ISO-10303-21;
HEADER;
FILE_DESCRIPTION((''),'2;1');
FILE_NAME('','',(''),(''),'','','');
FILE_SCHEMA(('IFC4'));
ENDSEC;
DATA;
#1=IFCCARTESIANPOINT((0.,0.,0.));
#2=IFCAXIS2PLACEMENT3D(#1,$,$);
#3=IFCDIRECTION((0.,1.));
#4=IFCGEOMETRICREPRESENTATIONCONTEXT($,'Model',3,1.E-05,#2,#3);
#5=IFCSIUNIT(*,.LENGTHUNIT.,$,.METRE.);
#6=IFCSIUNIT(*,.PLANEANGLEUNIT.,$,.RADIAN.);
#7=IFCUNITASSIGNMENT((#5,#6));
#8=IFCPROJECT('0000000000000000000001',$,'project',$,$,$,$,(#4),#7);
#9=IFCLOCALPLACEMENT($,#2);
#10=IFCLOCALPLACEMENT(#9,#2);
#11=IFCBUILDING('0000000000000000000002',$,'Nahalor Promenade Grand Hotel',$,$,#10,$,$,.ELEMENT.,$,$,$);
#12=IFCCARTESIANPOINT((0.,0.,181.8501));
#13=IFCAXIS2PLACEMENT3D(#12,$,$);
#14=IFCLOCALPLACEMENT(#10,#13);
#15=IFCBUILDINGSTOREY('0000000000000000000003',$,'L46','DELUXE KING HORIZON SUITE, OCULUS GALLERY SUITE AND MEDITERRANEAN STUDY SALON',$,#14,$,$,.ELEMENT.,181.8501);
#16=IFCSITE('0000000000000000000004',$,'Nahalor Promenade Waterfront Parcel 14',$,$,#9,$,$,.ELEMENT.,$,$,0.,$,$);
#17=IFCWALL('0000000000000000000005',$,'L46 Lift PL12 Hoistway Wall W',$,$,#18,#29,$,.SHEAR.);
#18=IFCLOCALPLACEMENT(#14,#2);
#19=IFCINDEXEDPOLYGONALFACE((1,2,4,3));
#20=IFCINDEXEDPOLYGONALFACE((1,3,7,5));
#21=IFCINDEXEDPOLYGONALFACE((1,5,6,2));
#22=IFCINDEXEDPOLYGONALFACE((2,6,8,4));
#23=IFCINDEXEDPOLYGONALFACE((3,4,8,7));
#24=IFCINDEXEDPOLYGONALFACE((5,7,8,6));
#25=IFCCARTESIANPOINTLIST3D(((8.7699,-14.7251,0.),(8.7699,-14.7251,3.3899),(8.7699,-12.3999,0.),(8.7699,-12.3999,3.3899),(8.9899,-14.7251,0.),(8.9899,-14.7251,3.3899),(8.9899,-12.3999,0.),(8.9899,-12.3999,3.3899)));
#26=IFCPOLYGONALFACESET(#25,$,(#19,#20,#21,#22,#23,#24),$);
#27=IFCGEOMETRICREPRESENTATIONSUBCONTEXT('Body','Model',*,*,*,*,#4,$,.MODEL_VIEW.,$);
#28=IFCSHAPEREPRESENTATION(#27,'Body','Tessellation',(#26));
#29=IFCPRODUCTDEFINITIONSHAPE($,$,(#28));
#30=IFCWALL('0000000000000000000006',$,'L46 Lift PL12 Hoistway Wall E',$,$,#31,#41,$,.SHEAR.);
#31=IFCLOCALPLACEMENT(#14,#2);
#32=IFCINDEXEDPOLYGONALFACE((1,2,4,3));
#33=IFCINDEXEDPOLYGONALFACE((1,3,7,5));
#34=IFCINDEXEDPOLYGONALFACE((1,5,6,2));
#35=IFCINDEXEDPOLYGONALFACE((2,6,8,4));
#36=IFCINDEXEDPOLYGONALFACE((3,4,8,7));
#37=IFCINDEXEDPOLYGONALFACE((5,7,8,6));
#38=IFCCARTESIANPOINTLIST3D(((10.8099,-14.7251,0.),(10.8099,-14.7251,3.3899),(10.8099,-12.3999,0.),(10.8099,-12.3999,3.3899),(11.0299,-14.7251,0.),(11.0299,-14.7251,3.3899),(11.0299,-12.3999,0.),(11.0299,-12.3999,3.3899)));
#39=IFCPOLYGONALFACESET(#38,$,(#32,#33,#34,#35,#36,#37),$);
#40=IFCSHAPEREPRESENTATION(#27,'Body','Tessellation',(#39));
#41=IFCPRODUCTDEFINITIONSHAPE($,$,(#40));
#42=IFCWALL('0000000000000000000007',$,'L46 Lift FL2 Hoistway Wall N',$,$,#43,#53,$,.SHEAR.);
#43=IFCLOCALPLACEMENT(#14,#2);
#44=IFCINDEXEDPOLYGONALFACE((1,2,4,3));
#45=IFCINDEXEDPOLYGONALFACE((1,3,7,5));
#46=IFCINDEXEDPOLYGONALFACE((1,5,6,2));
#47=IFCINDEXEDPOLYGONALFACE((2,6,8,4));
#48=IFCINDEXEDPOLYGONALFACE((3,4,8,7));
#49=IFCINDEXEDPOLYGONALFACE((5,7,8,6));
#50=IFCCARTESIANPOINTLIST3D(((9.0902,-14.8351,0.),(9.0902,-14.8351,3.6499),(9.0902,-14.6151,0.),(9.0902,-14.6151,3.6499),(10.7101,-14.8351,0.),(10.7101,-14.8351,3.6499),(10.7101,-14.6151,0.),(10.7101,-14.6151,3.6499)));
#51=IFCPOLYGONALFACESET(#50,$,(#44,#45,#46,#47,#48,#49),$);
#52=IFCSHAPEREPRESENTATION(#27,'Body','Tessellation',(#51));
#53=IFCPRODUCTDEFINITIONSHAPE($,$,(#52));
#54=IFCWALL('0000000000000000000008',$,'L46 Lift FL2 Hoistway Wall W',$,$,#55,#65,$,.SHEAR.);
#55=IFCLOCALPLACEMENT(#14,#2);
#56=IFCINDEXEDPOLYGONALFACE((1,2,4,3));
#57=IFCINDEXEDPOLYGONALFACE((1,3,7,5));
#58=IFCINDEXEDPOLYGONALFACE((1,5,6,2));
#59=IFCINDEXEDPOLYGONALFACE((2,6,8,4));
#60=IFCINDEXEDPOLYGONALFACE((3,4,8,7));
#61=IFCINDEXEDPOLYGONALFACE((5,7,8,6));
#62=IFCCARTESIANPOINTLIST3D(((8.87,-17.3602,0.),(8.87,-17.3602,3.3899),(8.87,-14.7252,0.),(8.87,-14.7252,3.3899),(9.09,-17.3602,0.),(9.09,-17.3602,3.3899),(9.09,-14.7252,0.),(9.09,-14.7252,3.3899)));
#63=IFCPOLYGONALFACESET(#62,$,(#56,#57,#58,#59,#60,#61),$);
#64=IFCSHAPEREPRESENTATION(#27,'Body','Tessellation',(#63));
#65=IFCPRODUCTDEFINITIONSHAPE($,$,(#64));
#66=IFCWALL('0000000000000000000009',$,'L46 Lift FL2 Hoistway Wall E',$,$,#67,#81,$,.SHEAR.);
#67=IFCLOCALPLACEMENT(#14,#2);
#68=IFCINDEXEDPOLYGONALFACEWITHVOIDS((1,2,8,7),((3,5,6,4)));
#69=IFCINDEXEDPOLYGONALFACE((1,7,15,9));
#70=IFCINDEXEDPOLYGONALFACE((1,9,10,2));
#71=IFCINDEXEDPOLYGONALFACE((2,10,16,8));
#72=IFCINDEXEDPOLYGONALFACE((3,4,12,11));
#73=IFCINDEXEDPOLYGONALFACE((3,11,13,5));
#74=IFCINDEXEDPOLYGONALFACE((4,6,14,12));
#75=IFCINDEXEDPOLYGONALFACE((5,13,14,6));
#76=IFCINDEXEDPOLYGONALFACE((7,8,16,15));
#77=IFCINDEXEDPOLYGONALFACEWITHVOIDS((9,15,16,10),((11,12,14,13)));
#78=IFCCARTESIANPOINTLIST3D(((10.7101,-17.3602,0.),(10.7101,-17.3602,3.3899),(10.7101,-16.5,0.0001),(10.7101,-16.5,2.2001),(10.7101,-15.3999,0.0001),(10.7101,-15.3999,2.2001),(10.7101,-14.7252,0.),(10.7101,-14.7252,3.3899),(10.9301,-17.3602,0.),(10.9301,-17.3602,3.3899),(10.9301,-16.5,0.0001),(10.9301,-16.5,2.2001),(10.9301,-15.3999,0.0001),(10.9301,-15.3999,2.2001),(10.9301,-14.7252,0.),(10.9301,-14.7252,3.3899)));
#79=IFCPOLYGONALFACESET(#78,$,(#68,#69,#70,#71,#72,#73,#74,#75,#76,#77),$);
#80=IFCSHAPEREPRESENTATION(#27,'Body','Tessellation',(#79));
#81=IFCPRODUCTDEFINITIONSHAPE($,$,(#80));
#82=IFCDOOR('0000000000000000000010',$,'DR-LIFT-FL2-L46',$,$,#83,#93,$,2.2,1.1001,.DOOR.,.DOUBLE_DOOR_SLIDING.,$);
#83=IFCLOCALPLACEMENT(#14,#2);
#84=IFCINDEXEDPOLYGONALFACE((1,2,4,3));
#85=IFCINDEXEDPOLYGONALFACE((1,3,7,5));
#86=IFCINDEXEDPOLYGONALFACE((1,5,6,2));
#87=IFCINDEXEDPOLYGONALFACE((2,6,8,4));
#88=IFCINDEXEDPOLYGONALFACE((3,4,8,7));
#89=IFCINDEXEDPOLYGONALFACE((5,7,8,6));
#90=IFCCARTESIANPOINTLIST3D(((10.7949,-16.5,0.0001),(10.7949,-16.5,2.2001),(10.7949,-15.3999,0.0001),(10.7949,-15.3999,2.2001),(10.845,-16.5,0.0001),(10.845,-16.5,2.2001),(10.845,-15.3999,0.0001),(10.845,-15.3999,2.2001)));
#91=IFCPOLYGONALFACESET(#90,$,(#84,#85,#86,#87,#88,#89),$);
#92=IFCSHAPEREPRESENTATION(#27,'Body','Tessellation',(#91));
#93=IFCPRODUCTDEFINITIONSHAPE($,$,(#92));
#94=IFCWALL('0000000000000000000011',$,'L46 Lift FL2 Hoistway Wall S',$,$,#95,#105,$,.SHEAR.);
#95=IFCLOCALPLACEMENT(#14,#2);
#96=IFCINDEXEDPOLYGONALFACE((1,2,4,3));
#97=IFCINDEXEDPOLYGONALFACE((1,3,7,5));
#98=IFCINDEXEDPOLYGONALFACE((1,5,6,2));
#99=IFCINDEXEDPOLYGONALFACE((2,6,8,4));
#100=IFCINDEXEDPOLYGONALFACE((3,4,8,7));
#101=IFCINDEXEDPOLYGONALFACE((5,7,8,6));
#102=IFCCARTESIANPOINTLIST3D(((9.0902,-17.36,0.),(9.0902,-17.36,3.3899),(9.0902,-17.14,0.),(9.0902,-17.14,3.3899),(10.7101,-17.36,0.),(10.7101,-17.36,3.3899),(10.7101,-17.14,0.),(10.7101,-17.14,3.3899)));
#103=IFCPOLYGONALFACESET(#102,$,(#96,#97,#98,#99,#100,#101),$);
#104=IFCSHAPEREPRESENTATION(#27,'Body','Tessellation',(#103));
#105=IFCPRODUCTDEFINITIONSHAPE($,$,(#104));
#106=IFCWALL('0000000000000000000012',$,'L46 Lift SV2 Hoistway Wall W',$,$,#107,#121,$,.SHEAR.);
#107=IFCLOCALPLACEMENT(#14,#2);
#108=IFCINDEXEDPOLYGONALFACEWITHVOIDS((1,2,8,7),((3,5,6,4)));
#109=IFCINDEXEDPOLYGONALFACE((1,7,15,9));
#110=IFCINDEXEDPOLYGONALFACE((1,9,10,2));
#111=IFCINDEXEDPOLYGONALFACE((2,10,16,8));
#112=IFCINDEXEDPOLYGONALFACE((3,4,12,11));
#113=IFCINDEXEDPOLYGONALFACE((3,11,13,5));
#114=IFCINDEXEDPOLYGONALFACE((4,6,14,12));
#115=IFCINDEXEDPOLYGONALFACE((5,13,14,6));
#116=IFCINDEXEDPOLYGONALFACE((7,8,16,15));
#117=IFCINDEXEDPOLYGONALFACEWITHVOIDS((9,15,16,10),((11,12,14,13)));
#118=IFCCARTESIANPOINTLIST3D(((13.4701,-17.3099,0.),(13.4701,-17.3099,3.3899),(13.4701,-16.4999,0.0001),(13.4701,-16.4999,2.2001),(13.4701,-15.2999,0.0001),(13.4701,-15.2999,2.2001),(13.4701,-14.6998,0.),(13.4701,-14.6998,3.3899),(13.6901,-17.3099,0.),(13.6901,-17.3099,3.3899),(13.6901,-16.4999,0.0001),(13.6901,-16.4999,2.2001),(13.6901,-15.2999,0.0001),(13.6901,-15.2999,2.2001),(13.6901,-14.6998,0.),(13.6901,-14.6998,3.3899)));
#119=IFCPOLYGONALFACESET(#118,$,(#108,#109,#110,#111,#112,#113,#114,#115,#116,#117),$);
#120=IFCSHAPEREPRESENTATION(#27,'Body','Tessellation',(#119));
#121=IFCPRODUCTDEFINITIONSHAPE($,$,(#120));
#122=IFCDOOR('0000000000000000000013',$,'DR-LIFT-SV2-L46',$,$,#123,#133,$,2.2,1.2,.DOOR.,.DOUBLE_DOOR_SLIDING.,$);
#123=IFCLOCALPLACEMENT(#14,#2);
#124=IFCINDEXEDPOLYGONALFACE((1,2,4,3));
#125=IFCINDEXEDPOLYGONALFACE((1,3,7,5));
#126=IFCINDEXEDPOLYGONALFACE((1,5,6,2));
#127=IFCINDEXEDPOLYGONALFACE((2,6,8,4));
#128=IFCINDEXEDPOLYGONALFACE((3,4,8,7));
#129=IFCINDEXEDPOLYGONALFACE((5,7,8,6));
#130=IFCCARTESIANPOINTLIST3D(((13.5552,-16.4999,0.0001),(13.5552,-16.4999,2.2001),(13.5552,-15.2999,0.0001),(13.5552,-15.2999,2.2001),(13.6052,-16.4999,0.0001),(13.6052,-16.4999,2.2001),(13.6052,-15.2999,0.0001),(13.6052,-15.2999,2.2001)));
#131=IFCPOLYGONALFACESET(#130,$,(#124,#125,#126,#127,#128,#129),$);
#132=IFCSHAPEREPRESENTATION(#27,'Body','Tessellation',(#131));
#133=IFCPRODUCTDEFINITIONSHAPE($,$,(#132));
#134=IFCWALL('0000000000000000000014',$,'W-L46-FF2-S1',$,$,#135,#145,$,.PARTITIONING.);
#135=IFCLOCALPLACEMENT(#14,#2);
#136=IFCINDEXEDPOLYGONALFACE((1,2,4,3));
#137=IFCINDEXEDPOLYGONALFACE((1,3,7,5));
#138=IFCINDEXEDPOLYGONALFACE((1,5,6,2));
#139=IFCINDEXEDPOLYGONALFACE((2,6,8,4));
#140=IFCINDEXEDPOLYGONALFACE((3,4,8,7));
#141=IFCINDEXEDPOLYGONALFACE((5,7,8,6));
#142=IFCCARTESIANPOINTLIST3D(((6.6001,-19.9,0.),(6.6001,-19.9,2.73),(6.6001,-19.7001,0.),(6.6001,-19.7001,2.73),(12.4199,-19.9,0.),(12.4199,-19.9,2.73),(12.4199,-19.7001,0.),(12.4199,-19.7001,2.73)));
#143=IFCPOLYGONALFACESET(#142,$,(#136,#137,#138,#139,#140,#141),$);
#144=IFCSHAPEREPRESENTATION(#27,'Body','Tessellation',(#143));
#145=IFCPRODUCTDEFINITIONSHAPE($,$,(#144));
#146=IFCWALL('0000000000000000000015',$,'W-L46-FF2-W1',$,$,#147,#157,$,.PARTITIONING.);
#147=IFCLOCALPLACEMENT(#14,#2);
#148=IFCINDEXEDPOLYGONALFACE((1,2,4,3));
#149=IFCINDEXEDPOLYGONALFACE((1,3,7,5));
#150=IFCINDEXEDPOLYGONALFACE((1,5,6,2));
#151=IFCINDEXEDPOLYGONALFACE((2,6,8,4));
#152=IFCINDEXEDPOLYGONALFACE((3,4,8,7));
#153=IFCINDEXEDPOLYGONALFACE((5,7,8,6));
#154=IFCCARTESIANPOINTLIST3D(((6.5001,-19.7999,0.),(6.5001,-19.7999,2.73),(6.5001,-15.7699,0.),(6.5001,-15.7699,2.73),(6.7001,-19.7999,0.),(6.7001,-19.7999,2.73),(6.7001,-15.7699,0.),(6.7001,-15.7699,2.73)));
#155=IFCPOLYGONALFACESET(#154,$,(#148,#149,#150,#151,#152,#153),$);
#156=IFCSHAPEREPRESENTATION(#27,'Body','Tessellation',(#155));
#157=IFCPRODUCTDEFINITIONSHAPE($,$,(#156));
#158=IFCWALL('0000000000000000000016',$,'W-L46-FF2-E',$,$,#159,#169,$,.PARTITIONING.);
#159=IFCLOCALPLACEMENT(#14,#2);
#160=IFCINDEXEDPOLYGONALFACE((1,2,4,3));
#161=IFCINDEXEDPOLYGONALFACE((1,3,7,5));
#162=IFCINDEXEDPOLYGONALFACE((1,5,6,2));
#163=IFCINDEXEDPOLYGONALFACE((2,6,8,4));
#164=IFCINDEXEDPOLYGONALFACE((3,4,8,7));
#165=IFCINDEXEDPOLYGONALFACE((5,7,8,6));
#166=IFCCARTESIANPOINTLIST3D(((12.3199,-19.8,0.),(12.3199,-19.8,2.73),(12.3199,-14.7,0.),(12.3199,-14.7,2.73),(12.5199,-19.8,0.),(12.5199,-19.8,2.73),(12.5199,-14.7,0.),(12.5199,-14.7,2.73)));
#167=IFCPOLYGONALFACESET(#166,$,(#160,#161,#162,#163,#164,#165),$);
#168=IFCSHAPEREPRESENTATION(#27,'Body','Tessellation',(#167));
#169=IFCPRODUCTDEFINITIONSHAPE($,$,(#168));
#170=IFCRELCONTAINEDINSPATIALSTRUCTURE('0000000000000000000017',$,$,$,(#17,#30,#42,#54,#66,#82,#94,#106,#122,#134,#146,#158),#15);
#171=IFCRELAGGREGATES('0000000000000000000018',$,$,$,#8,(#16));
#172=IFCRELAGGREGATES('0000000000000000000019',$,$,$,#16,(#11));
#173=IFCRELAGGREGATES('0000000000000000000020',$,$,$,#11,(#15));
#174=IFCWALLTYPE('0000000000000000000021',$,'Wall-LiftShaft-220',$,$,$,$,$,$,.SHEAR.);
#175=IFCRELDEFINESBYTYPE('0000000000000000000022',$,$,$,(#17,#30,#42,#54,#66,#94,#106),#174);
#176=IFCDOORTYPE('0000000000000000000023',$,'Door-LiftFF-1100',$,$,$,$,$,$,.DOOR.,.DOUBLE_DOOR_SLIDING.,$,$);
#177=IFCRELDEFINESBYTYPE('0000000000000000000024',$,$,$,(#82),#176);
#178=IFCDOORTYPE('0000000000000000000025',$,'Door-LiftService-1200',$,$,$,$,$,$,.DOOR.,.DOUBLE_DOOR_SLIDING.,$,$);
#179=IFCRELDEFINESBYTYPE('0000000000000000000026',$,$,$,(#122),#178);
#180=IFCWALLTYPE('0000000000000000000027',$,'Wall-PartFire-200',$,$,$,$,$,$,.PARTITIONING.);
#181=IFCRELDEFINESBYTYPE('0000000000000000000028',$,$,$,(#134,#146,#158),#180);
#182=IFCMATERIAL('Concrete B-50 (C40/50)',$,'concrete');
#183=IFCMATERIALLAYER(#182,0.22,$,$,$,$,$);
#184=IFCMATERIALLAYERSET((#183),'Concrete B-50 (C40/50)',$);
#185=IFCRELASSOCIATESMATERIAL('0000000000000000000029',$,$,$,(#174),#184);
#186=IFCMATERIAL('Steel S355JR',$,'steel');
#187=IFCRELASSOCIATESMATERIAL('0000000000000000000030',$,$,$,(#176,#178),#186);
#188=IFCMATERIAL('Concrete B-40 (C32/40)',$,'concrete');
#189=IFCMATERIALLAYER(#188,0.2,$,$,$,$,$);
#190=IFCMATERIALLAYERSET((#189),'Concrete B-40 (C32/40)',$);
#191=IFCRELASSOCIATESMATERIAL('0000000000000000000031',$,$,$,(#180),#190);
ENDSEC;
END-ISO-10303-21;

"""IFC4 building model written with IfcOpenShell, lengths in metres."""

from ifc_helpers import new_model, si_unit, direction, frame, frame_2d, origin, place, context, subcontext, project, spatial, rectangle, extrude, source, transform, mapped, material, layer, layer_set, type_object, element, fill, save


model = new_model("IFC4")

# Units and contexts
model_context = context("Model", 3, precision=1e-05, world=origin(), true_north=direction((0.0, 1.0)))
body_context = subcontext(model_context, "Body", "Model", "MODEL_VIEW")
ifc_project = project(units=[si_unit("LENGTHUNIT", "METRE"), si_unit("PLANEANGLEUNIT", "RADIAN")], contexts=[model_context])

# Site, building, storey
site_placement = place(None, origin())
site = spatial("IfcSite", under=ifc_project, at=site_placement, Name="Nahalor Promenade Waterfront Parcel 14", CompositionType="ELEMENT", RefElevation=0.0)
building_placement = place(site_placement, origin())
building = spatial("IfcBuilding", under=site, at=building_placement, Name="Nahalor Promenade Grand Hotel", CompositionType="ELEMENT")
storey_placement = place(building_placement, frame((0.0, 0.0, 181.8501)))
storey = spatial("IfcBuildingStorey", under=building, at=storey_placement, Name="L46", Description="DELUXE KING HORIZON SUITE, OCULUS GALLERY SUITE AND MEDITERRANEAN STUDY SALON", CompositionType="ELEMENT", Elevation=181.8501)

# Shared definitions
ifc_material_1 = material(Name="Steel S355JR", Category="steel")

# Shared definitions
ifc_material_2 = material(Name="Concrete B-50 (C40/50)", Category="concrete")

# Shared definitions
ifc_layer_1 = layer(ifc_material_2, 0.22)
ifc_layer_set_1 = layer_set([ifc_layer_1], Name="Concrete B-50 (C40/50)")
wall_type_1 = type_object("IfcWallType", Name="Wall-LiftShaft-220", PredefinedType="SHEAR", material=ifc_layer_set_1)

# Walls
shared_shape_1 = source(origin(), body_context, "Body", "SweptSolid", [
    extrude(rectangle(XDim=2.3252, YDim=0.22, at=frame_2d((1.1626, 0.0))), origin(), (0.0, 0.0, 1.0), 3.3899),
])
for number, where, z_axis, x_axis, name in (
    (1, (8.8799, -14.7251, 0.0), (0.0, 0.0, 1.0), (0.0, 1.0, 0.0), "L46 Lift PL12 Hoistway Wall W"),
    (2, (10.9199, -14.7251, 0.0), (0.0, 0.0, 1.0), (0.0, 1.0, 0.0), "L46 Lift PL12 Hoistway Wall E"),
):
    element("IfcWall", number, at=place(storey_placement, frame(where, z_axis=z_axis, x_axis=x_axis)), inside=storey, type_object=wall_type_1, Name=name, PredefinedType="SHEAR", context=body_context, shape_type="MappedRepresentation", body=[
        mapped(shared_shape_1, transform((0.0, 0.0, 0.0), scale=1.0)),
    ])
shared_shape_2 = source(origin(), body_context, "Body", "SweptSolid", [
    extrude(rectangle(XDim=1.6199, YDim=0.22, at=frame_2d((0.8101, 0.0))), origin(), (0.0, 0.0, 1.0), 3.6499),
])
wall_1_placement = place(storey_placement, frame((9.0901, -14.7251, 0.0), z_axis=(0.0, 0.0, 1.0), x_axis=(1.0, 0.0, 0.0)))
element("IfcWall", 3, at=wall_1_placement, inside=storey, type_object=wall_type_1, Name="L46 Lift FL2 Hoistway Wall N", PredefinedType="SHEAR", context=body_context, shape_type="MappedRepresentation", body=[
    mapped(shared_shape_2, transform((0.0, 0.0, 0.0), scale=1.0)),
])
shared_shape_3 = source(origin(), body_context, "Body", "SweptSolid", [
    extrude(rectangle(XDim=2.635, YDim=0.22, at=frame_2d((1.3174, 0.0))), origin(), (0.0, 0.0, 1.0), 3.3899),
])
wall_2_placement = place(storey_placement, frame((8.98, -17.3601, 0.0), z_axis=(0.0, 0.0, 1.0), x_axis=(0.0, 1.0, 0.0)))
element("IfcWall", 4, at=wall_2_placement, inside=storey, type_object=wall_type_1, Name="L46 Lift FL2 Hoistway Wall W", PredefinedType="SHEAR", context=body_context, shape_type="MappedRepresentation", body=[
    mapped(shared_shape_3, transform((0.0, 0.0, 0.0), scale=1.0)),
])

# Wall, opening, door
wall_3_placement = place(storey_placement, frame((10.8201, -17.3601, 0.0), z_axis=(0.0, 0.0, 1.0), x_axis=(0.0, 1.0, 0.0)))
wall_3 = element("IfcWall", 5, at=wall_3_placement, inside=storey, type_object=wall_type_1, Name="L46 Lift FL2 Hoistway Wall E", PredefinedType="SHEAR", context=body_context, shape_type="MappedRepresentation", body=[
    mapped(shared_shape_3, transform((0.0, 0.0, 0.0), scale=1.0)),
])
opening_1_placement = place(wall_3_placement, frame((0.8601, 0.0, 0.0)))
opening_1 = element("IfcOpeningElement", 6, at=opening_1_placement, cuts=wall_3, PredefinedType="OPENING", context=body_context, shape_type="SweptSolid", body=[
    extrude(rectangle(XDim=1.1001, YDim=2.2, at=frame_2d((0.55, 1.1001))), frame((0.0, 0.1199, 0.0), z_axis=(0.0, -1.0, 0.0), x_axis=(1.0, 0.0, 0.0)), (0.0, 0.0, 1.0), 0.24),
])
door_type_1 = type_object("IfcDoorType", Name="Door-LiftFF-1100", OperationType="DOUBLE_DOOR_SLIDING", PredefinedType="DOOR", material=ifc_material_1)
shared_shape_4 = source(origin(), body_context, "Body", "SweptSolid", [
    extrude(rectangle(XDim=1.1001, YDim=2.2, at=frame_2d((0.55, 1.1001))), frame((0.0, 0.0249, 0.0), z_axis=(0.0, -1.0, 0.0), x_axis=(1.0, 0.0, 0.0)), (0.0, 0.0, 1.0), 0.05),
])
door_1_placement = place(opening_1_placement, frame((1.1001, 0.0, 0.0), z_axis=(0.0, 0.0, 1.0), x_axis=(-1.0, 0.0, 0.0)))
door_1 = element("IfcDoor", 7, at=door_1_placement, inside=storey, type_object=door_type_1, Name="DR-LIFT-FL2-L46", OperationType="DOUBLE_DOOR_SLIDING", OverallHeight=2.2, OverallWidth=1.1001, PredefinedType="DOOR", context=body_context, shape_type="MappedRepresentation", body=[
    mapped(shared_shape_4, transform((0.0, 0.0, 0.0), scale=1.0)),
])
fill(opening_1, door_1)

# Wall
shared_shape_5 = source(origin(), body_context, "Body", "SweptSolid", [
    extrude(rectangle(XDim=1.6199, YDim=0.22, at=frame_2d((0.8101, 0.0))), origin(), (0.0, 0.0, 1.0), 3.3899),
])
wall_4_placement = place(storey_placement, frame((9.0901, -17.25, 0.0), z_axis=(0.0, 0.0, 1.0), x_axis=(1.0, 0.0, 0.0)))
element("IfcWall", 8, at=wall_4_placement, inside=storey, type_object=wall_type_1, Name="L46 Lift FL2 Hoistway Wall S", PredefinedType="SHEAR", context=body_context, shape_type="MappedRepresentation", body=[
    mapped(shared_shape_5, transform((0.0, 0.0, 0.0), scale=1.0)),
])

# Wall, opening, door
shared_shape_6 = source(origin(), body_context, "Body", "SweptSolid", [
    extrude(rectangle(XDim=2.6101, YDim=0.22, at=frame_2d((1.3052, 0.0))), origin(), (0.0, 0.0, 1.0), 3.3899),
])
wall_5_placement = place(storey_placement, frame((13.5801, -17.3101, 0.0), z_axis=(0.0, 0.0, 1.0), x_axis=(0.0, 1.0, 0.0)))
wall_5 = element("IfcWall", 9, at=wall_5_placement, inside=storey, type_object=wall_type_1, Name="L46 Lift SV2 Hoistway Wall W", PredefinedType="SHEAR", context=body_context, shape_type="MappedRepresentation", body=[
    mapped(shared_shape_6, transform((0.0, 0.0, 0.0), scale=1.0)),
])
opening_2_placement = place(wall_5_placement, frame((0.8101, 0.0, 0.0)))
opening_2 = element("IfcOpeningElement", 10, at=opening_2_placement, cuts=wall_5, PredefinedType="OPENING", context=body_context, shape_type="SweptSolid", body=[
    extrude(rectangle(XDim=1.2, YDim=2.2, at=frame_2d((0.6001, 1.1001))), frame((0.0, 0.1199, 0.0), z_axis=(0.0, -1.0, 0.0), x_axis=(1.0, 0.0, 0.0)), (0.0, 0.0, 1.0), 0.24),
])
door_type_2 = type_object("IfcDoorType", Name="Door-LiftService-1200", OperationType="DOUBLE_DOOR_SLIDING", PredefinedType="DOOR", material=ifc_material_1)
shared_shape_7 = source(origin(), body_context, "Body", "SweptSolid", [
    extrude(rectangle(XDim=1.2, YDim=2.2, at=frame_2d((0.6001, 1.1001))), frame((0.0, 0.0249, 0.0), z_axis=(0.0, -1.0, 0.0), x_axis=(1.0, 0.0, 0.0)), (0.0, 0.0, 1.0), 0.05),
])
door_2_placement = place(opening_2_placement, origin())
door_2 = element("IfcDoor", 11, at=door_2_placement, inside=storey, type_object=door_type_2, Name="DR-LIFT-SV2-L46", OperationType="DOUBLE_DOOR_SLIDING", OverallHeight=2.2, OverallWidth=1.2, PredefinedType="DOOR", context=body_context, shape_type="MappedRepresentation", body=[
    mapped(shared_shape_7, transform((0.0, 0.0, 0.0), scale=1.0)),
])
fill(opening_2, door_2)

# Walls
ifc_material_3 = material(Name="Concrete B-40 (C32/40)", Category="concrete")
ifc_layer_2 = layer(ifc_material_3, 0.2)
ifc_layer_set_2 = layer_set([ifc_layer_2], Name="Concrete B-40 (C32/40)")
wall_type_2 = type_object("IfcWallType", Name="Wall-PartFire-200", PredefinedType="PARTITIONING", material=ifc_layer_set_2)
shared_shape_8 = source(origin(), body_context, "Body", "SweptSolid", [
    extrude(rectangle(XDim=5.8198, YDim=0.2, at=frame_2d((2.9099, 0.0))), origin(), (0.0, 0.0, 1.0), 2.73),
])
wall_6_placement = place(storey_placement, frame((6.6001, -19.8, 0.0), z_axis=(0.0, 0.0, 1.0), x_axis=(1.0, 0.0, 0.0)))
element("IfcWall", 12, at=wall_6_placement, inside=storey, type_object=wall_type_2, Name="W-L46-FF2-S1", PredefinedType="PARTITIONING", context=body_context, shape_type="MappedRepresentation", body=[
    mapped(shared_shape_8, transform((0.0, 0.0, 0.0), scale=1.0)),
])
shared_shape_9 = source(origin(), body_context, "Body", "SweptSolid", [
    extrude(rectangle(XDim=4.03, YDim=0.2, at=frame_2d((2.0151, 0.0))), origin(), (0.0, 0.0, 1.0), 2.73),
])
wall_7_placement = place(storey_placement, frame((6.6001, -19.8, 0.0), z_axis=(0.0, 0.0, 1.0), x_axis=(0.0, 1.0, 0.0)))
element("IfcWall", 13, at=wall_7_placement, inside=storey, type_object=wall_type_2, Name="W-L46-FF2-W1", PredefinedType="PARTITIONING", context=body_context, shape_type="MappedRepresentation", body=[
    mapped(shared_shape_9, transform((0.0, 0.0, 0.0), scale=1.0)),
])
shared_shape_10 = source(origin(), body_context, "Body", "SweptSolid", [
    extrude(rectangle(XDim=5.1001, YDim=0.2, at=frame_2d((2.55, 0.0))), origin(), (0.0, 0.0, 1.0), 2.73),
])
wall_8_placement = place(storey_placement, frame((12.4199, -19.8, 0.0), z_axis=(0.0, 0.0, 1.0), x_axis=(0.0, 1.0, 0.0)))
element("IfcWall", 14, at=wall_8_placement, inside=storey, type_object=wall_type_2, Name="W-L46-FF2-E", PredefinedType="PARTITIONING", context=body_context, shape_type="MappedRepresentation", body=[
    mapped(shared_shape_10, transform((0.0, 0.0, 0.0), scale=1.0)),
])

save(model, "model.ifc")
